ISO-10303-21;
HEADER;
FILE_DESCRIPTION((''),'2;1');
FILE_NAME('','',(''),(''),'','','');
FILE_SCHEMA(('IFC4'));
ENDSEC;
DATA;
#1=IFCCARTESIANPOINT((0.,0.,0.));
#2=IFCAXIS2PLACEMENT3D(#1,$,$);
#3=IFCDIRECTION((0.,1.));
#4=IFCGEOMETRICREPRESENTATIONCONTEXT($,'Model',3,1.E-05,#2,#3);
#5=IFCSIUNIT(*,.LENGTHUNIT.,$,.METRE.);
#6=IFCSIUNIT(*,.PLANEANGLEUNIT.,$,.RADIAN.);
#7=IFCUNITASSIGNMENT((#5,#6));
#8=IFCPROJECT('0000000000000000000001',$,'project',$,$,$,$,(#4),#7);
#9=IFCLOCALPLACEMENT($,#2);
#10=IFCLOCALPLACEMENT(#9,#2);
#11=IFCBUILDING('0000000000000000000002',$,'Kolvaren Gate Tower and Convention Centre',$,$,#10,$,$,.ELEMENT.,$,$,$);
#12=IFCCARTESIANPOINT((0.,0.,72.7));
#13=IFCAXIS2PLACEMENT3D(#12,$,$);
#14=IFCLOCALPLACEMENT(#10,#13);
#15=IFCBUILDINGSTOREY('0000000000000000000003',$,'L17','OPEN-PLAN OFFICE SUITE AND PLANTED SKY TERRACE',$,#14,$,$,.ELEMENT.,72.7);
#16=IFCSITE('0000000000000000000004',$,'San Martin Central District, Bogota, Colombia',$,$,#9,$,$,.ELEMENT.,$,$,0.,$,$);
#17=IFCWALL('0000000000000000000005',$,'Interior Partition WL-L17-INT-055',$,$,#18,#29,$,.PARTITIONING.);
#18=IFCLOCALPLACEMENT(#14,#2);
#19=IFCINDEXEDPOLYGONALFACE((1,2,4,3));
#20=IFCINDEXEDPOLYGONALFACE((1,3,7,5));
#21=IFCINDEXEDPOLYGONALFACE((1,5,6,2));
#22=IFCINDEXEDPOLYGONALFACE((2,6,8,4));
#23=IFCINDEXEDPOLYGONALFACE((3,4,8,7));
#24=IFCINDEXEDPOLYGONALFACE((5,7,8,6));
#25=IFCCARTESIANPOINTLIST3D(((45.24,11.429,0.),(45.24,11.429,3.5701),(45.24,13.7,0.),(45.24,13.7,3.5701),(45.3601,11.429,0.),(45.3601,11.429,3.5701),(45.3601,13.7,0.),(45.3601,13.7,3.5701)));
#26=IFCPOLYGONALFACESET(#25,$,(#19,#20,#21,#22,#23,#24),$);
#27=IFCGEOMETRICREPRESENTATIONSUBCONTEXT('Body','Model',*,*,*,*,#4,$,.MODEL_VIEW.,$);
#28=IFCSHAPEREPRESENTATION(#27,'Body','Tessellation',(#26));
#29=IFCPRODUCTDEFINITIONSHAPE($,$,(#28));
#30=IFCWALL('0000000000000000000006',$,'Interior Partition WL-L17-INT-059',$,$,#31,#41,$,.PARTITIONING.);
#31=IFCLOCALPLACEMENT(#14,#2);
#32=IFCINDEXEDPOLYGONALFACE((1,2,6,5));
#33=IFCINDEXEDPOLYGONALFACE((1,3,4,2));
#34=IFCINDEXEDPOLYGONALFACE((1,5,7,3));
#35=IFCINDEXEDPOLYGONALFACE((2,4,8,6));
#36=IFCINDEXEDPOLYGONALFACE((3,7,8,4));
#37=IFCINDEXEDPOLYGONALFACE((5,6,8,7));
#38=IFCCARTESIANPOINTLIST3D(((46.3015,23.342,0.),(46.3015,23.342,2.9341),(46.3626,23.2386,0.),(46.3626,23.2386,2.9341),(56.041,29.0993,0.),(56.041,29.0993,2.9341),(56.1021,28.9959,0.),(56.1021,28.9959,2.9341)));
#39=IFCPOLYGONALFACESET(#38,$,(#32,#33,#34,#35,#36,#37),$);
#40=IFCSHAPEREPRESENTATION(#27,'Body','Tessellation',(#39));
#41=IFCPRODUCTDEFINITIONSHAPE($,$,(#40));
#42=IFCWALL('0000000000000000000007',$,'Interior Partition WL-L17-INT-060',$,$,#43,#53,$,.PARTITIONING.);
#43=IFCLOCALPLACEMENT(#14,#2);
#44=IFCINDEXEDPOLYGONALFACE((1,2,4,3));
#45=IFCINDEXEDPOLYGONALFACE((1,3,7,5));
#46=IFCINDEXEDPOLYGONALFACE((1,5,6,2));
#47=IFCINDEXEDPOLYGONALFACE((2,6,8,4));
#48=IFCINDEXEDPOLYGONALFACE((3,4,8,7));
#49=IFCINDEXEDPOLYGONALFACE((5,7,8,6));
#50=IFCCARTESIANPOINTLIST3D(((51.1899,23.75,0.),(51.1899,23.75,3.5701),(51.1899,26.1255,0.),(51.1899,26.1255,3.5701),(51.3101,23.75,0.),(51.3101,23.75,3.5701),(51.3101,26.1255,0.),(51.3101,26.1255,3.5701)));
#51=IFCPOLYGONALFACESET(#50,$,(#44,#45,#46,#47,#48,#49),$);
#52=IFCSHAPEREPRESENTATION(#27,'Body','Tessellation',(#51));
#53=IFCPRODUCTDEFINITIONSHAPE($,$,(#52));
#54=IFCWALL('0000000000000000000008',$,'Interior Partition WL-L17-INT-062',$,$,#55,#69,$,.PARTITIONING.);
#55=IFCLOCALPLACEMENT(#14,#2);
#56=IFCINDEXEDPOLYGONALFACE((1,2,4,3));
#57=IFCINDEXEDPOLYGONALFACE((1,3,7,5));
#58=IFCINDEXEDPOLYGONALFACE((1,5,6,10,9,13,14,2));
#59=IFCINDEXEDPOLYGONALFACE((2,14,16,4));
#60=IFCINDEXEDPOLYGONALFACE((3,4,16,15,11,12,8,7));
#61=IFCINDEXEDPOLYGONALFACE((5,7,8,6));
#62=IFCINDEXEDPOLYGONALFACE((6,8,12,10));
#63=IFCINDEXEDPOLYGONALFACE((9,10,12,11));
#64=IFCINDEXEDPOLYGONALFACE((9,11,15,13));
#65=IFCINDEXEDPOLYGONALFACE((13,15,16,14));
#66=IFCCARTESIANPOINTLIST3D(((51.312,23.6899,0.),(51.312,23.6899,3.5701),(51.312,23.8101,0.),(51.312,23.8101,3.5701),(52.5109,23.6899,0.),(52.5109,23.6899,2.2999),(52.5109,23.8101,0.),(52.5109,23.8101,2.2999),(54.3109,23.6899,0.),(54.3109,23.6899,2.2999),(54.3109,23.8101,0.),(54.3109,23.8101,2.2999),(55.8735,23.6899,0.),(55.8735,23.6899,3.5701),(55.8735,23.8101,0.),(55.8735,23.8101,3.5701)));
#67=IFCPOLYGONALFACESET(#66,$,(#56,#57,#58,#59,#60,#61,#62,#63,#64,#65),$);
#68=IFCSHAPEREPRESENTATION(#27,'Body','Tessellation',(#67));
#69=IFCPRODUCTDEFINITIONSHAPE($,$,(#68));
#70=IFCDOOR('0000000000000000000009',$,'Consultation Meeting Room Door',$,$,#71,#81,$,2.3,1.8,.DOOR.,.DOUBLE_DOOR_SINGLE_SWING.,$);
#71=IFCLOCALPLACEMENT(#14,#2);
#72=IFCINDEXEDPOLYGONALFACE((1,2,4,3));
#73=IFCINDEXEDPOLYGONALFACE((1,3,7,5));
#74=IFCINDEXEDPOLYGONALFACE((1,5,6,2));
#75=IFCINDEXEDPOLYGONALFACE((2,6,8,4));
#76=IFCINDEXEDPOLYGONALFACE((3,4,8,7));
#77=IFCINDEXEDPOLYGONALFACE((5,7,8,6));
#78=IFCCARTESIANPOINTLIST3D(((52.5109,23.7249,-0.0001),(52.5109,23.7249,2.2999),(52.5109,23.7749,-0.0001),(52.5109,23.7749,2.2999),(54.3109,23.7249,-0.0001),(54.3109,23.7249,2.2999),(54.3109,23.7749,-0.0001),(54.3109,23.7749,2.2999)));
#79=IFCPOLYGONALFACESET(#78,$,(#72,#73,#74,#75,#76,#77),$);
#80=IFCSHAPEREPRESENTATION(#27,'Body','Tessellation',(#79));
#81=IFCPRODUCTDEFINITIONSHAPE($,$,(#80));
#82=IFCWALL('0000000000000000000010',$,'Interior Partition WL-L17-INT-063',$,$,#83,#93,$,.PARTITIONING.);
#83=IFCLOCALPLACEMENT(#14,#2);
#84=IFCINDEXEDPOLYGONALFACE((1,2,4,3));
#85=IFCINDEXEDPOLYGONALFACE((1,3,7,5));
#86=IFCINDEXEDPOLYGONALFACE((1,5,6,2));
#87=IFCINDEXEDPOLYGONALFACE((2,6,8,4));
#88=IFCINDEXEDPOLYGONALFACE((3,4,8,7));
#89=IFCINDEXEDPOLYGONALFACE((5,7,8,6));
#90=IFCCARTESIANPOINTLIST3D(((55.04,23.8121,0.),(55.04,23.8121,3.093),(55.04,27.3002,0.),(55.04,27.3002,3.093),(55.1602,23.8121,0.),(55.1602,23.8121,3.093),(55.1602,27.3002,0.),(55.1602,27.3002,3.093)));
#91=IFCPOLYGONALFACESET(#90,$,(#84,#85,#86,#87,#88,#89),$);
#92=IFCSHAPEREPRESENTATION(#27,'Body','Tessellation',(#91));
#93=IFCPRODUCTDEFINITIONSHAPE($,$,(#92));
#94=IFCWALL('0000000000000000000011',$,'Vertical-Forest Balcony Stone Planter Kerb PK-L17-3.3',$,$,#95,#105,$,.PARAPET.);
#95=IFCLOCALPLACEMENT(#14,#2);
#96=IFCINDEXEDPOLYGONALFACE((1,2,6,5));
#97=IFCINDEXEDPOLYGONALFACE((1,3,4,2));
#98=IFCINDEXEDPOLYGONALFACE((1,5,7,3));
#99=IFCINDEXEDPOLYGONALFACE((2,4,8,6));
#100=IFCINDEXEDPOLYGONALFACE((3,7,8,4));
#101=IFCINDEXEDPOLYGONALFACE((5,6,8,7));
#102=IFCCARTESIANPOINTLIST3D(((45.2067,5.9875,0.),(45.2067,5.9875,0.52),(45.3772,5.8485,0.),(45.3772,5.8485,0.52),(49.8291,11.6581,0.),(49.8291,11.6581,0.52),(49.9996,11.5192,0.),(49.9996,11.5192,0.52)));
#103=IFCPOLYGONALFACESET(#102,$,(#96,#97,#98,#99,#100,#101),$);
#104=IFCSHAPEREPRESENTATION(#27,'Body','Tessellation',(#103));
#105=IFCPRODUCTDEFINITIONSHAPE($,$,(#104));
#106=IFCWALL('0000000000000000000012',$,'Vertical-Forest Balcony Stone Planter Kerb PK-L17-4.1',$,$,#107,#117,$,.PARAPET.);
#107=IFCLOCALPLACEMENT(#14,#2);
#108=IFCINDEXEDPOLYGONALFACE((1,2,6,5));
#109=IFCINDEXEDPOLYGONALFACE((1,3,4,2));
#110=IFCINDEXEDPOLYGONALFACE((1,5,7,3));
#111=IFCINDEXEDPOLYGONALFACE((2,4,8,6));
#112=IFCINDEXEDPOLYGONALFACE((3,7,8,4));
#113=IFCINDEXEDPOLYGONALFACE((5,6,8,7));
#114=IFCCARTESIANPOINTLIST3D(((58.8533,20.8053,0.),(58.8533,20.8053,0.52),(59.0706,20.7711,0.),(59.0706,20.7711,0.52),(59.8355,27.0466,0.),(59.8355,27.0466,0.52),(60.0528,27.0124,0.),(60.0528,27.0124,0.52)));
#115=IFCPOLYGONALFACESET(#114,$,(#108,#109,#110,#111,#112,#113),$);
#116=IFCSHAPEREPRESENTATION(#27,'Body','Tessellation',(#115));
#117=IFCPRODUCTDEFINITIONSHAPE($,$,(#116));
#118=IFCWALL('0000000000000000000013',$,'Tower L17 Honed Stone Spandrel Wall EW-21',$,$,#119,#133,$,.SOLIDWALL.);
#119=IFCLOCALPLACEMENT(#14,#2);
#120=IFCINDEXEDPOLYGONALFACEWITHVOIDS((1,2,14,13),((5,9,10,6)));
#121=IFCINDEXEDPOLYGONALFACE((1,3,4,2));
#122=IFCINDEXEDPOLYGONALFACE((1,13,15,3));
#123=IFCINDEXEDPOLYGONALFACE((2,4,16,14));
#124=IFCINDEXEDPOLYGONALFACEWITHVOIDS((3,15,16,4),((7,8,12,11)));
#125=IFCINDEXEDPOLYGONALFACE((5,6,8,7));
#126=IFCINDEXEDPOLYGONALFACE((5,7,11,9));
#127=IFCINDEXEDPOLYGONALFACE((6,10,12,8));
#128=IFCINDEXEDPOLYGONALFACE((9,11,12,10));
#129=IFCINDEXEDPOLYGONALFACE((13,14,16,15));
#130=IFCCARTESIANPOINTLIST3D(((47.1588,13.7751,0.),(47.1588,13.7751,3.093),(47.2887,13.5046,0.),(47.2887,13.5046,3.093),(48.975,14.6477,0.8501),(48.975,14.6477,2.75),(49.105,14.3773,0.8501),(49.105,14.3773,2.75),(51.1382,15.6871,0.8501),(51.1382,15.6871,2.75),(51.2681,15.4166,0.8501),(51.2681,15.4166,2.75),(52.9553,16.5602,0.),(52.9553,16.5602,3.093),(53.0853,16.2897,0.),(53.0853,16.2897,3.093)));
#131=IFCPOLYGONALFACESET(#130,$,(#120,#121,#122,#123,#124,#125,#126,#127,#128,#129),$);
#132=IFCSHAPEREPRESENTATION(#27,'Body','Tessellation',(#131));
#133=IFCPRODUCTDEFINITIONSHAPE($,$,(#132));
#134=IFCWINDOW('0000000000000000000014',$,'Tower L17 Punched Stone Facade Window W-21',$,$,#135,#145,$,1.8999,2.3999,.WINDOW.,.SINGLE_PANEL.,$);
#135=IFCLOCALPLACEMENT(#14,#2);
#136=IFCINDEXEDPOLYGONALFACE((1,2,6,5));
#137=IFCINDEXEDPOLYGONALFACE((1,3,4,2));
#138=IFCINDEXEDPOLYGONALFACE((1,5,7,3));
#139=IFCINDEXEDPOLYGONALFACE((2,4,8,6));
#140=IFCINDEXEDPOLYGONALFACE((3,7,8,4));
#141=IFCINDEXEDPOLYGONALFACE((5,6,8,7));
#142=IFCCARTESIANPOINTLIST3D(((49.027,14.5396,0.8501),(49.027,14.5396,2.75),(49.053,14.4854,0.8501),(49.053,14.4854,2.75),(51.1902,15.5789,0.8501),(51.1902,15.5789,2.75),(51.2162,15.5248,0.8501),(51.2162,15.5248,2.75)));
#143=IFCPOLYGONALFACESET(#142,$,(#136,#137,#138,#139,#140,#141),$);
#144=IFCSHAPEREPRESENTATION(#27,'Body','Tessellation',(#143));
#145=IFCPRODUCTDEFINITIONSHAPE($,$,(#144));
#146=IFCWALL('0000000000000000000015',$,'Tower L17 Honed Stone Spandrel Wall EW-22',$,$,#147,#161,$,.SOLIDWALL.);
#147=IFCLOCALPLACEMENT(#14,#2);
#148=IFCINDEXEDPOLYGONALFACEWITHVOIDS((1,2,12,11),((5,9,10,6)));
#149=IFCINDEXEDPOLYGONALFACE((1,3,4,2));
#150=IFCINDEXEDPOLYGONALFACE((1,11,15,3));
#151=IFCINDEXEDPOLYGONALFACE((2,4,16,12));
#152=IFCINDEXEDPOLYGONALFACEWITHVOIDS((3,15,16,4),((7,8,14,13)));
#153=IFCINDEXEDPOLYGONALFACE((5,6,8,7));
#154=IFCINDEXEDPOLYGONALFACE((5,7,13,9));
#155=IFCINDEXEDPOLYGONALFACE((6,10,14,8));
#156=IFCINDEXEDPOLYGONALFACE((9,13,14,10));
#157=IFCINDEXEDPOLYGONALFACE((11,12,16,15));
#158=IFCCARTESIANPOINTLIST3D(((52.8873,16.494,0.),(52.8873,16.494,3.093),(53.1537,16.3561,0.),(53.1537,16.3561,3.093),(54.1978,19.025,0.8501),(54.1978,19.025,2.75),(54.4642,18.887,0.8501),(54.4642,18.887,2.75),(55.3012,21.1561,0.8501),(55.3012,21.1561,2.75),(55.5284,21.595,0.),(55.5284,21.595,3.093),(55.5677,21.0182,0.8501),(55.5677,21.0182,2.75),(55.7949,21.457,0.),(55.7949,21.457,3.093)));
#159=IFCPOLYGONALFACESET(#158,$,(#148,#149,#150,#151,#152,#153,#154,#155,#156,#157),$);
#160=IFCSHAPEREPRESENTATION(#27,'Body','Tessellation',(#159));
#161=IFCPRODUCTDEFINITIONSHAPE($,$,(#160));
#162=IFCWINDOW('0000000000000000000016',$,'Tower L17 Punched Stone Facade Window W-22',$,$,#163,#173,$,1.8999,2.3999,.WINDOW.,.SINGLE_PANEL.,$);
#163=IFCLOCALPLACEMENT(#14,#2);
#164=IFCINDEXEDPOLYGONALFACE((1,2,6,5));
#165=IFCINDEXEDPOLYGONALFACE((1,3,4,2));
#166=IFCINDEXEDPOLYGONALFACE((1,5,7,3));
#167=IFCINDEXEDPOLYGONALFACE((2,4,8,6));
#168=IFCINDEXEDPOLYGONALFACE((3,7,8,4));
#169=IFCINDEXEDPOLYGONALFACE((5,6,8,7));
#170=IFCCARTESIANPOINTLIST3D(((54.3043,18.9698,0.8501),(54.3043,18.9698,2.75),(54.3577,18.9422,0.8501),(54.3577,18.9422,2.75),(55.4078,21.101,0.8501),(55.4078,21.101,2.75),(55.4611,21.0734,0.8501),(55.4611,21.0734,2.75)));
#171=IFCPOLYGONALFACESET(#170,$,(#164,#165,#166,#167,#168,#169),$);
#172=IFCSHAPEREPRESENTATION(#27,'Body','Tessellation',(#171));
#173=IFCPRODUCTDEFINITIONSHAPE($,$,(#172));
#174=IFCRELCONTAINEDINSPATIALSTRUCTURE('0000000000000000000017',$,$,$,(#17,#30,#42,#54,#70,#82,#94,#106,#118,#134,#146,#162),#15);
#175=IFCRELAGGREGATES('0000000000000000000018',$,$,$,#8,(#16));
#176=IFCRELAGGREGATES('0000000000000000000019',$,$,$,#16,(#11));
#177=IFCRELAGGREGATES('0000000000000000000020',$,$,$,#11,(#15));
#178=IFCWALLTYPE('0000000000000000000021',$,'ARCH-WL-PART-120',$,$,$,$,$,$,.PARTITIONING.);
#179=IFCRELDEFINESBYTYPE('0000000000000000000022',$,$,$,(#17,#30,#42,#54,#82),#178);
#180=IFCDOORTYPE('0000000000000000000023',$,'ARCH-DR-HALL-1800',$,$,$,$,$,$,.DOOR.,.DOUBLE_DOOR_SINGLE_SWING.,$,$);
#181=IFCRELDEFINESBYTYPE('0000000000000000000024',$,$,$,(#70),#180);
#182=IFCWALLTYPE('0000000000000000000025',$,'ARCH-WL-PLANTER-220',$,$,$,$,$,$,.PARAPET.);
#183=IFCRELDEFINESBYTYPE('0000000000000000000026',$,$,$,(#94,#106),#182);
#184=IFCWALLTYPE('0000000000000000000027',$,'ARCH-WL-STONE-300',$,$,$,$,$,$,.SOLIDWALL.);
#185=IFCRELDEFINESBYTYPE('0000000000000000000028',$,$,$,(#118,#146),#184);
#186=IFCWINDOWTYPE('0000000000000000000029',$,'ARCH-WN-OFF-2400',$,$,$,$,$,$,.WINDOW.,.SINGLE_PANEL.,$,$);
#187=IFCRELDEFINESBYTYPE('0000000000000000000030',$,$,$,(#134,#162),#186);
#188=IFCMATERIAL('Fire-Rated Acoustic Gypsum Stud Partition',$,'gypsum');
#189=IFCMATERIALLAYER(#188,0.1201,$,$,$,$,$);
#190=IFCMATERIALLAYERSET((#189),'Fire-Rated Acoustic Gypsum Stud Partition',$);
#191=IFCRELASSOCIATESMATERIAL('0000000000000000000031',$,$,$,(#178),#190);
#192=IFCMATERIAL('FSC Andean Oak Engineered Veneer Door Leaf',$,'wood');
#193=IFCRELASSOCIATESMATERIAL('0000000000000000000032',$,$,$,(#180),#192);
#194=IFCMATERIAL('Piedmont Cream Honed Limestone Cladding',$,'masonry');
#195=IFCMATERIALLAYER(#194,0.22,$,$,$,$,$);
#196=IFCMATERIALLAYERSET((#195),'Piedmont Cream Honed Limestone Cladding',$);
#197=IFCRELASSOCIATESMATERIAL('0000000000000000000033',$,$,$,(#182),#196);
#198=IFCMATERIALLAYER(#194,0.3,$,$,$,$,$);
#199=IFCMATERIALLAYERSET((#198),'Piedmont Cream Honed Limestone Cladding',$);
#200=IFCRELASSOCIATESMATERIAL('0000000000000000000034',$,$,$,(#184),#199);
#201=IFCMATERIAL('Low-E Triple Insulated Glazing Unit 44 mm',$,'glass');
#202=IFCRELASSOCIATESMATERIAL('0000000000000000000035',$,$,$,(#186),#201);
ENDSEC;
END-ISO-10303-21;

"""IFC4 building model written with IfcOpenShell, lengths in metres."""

from ifc_helpers import new_model, si_unit, direction, frame, frame_2d, origin, place, context, subcontext, project, spatial, rectangle, extrude, material, layer, layer_set, type_object, element, fill, save


model = new_model("IFC4")

# Units and contexts
model_context = context("Model", 3, precision=1e-05, world=origin(), true_north=direction((0.0, 1.0)))
body_context = subcontext(model_context, "Body", "Model", "MODEL_VIEW")
ifc_project = project(units=[si_unit("LENGTHUNIT", "METRE"), si_unit("PLANEANGLEUNIT", "RADIAN")], contexts=[model_context])

# Site, building, storey
site_placement = place(None, origin())
site = spatial("IfcSite", under=ifc_project, at=site_placement, Name="San Martin Central District, Bogota, Colombia", CompositionType="ELEMENT", RefElevation=0.0)
building_placement = place(site_placement, origin())
building = spatial("IfcBuilding", under=site, at=building_placement, Name="Kolvaren Gate Tower and Convention Centre", CompositionType="ELEMENT")
storey_placement = place(building_placement, frame((0.0, 0.0, 72.7)))
storey = spatial("IfcBuildingStorey", under=building, at=storey_placement, Name="L17", Description="OPEN-PLAN OFFICE SUITE AND PLANTED SKY TERRACE", CompositionType="ELEMENT", Elevation=72.7)

# Shared definitions
ifc_material_1 = material(Name="Fire-Rated Acoustic Gypsum Stud Partition", Category="gypsum")
ifc_layer_1 = layer(ifc_material_1, 0.1201)
ifc_layer_set_1 = layer_set([ifc_layer_1], Name="Fire-Rated Acoustic Gypsum Stud Partition")
wall_type_1 = type_object("IfcWallType", Name="ARCH-WL-PART-120", PredefinedType="PARTITIONING", material=ifc_layer_set_1)

# Walls
wall_1_placement = place(storey_placement, frame((45.3, 11.429, 0.0), z_axis=(0.0, 0.0, 1.0), x_axis=(0.0, 1.0, 0.0)))
element("IfcWall", 1, at=wall_1_placement, inside=storey, type_object=wall_type_1, Name="Interior Partition WL-L17-INT-055", PredefinedType="PARTITIONING", context=body_context, shape_type="SweptSolid", body=[
    extrude(rectangle(XDim=2.271, YDim=0.1201, at=frame_2d((1.1355, 0.0))), origin(), (0.0, 0.0, 1.0), 3.5701),
])
wall_2_placement = place(storey_placement, frame((46.332, 23.2903, 0.0), z_axis=(0.0, 0.0, 1.0), x_axis=(0.860843, 0.508871, 0.0)))
element("IfcWall", 2, at=wall_2_placement, inside=storey, type_object=wall_type_1, Name="Interior Partition WL-L17-INT-059", PredefinedType="PARTITIONING", context=body_context, shape_type="SweptSolid", body=[
    extrude(rectangle(XDim=11.314, YDim=0.1201, at=frame_2d((5.657, 0.0))), origin(), (0.0, 0.0, 1.0), 2.9341),
])
wall_3_placement = place(storey_placement, frame((51.25, 23.75, 0.0), z_axis=(0.0, 0.0, 1.0), x_axis=(0.0, 1.0, 0.0)))
element("IfcWall", 3, at=wall_3_placement, inside=storey, type_object=wall_type_1, Name="Interior Partition WL-L17-INT-060", PredefinedType="PARTITIONING", context=body_context, shape_type="SweptSolid", body=[
    extrude(rectangle(XDim=2.3755, YDim=0.1201, at=frame_2d((1.1877, 0.0))), origin(), (0.0, 0.0, 1.0), 3.5701),
])

# Wall, opening, door
wall_4_placement = place(storey_placement, frame((51.312, 23.75, 0.0), z_axis=(0.0, 0.0, 1.0), x_axis=(1.0, 0.0, 0.0)))
wall_4 = element("IfcWall", 4, at=wall_4_placement, inside=storey, type_object=wall_type_1, Name="Interior Partition WL-L17-INT-062", PredefinedType="PARTITIONING", context=body_context, shape_type="SweptSolid", body=[
    extrude(rectangle(XDim=4.5615, YDim=0.1201, at=frame_2d((2.2808, 0.0))), origin(), (0.0, 0.0, 1.0), 3.5701),
])
opening_1_placement = place(wall_4_placement, frame((1.199, 0.0, 0.0)))
opening_1 = element("IfcOpeningElement", 5, at=opening_1_placement, cuts=wall_4, PredefinedType="OPENING", context=body_context, shape_type="SweptSolid", body=[
    extrude(rectangle(XDim=1.8, YDim=2.3, at=frame_2d((0.8999, 1.1499))), frame((0.0, 0.0701, 0.0), z_axis=(0.0, -1.0, 0.0), x_axis=(1.0, 0.0, 0.0)), (0.0, 0.0, 1.0), 0.1401),
])
ifc_material_2 = material(Name="FSC Andean Oak Engineered Veneer Door Leaf", Category="wood")
door_type_1 = type_object("IfcDoorType", Name="ARCH-DR-HALL-1800", OperationType="DOUBLE_DOOR_SINGLE_SWING", PredefinedType="DOOR", material=ifc_material_2)
door_1_placement = place(opening_1_placement, origin())
door_1 = element("IfcDoor", 6, at=door_1_placement, inside=storey, type_object=door_type_1, Name="Consultation Meeting Room Door", OperationType="DOUBLE_DOOR_SINGLE_SWING", OverallHeight=2.3, OverallWidth=1.8, PredefinedType="DOOR", context=body_context, shape_type="SweptSolid", body=[
    extrude(rectangle(XDim=1.8, YDim=2.3, at=frame_2d((0.8999, 1.1499))), frame((0.0, 0.0249, 0.0), z_axis=(0.0, -1.0, 0.0), x_axis=(1.0, 0.0, 0.0)), (0.0, 0.0, 1.0), 0.05),
])
fill(opening_1, door_1)

# Walls
wall_5_placement = place(storey_placement, frame((55.1001, 23.812, 0.0), z_axis=(0.0, 0.0, 1.0), x_axis=(0.0, 1.0, 0.0)))
element("IfcWall", 7, at=wall_5_placement, inside=storey, type_object=wall_type_1, Name="Interior Partition WL-L17-INT-063", PredefinedType="PARTITIONING", context=body_context, shape_type="SweptSolid", body=[
    extrude(rectangle(XDim=3.488, YDim=0.1201, at=frame_2d((1.7441, 0.0))), origin(), (0.0, 0.0, 1.0), 3.093),
])
ifc_material_3 = material(Name="Piedmont Cream Honed Limestone Cladding", Category="masonry")
ifc_layer_2 = layer(ifc_material_3, 0.22)
ifc_layer_set_2 = layer_set([ifc_layer_2], Name="Piedmont Cream Honed Limestone Cladding")
wall_type_2 = type_object("IfcWallType", Name="ARCH-WL-PLANTER-220", PredefinedType="PARAPET", material=ifc_layer_set_2)
wall_6_placement = place(storey_placement, frame((45.292, 5.918, 0.0), z_axis=(0.0, 0.0, 1.0), x_axis=(0.631819, 0.775116, 0.0)))
element("IfcWall", 8, at=wall_6_placement, inside=storey, type_object=wall_type_2, Name="Vertical-Forest Balcony Stone Planter Kerb PK-L17-3.3", PredefinedType="PARAPET", context=body_context, shape_type="SweptSolid", body=[
    extrude(rectangle(XDim=7.3159, YDim=0.22, at=frame_2d((3.658, 0.0))), origin(), (0.0, 0.0, 1.0), 0.52),
])
wall_7_placement = place(storey_placement, frame((58.9619, 20.7881, 0.0), z_axis=(0.0, 0.0, 1.0), x_axis=(0.155457, 0.987843, 0.0)))
element("IfcWall", 9, at=wall_7_placement, inside=storey, type_object=wall_type_2, Name="Vertical-Forest Balcony Stone Planter Kerb PK-L17-4.1", PredefinedType="PARAPET", context=body_context, shape_type="SweptSolid", body=[
    extrude(rectangle(XDim=6.3181, YDim=0.22, at=frame_2d((3.1592, 0.0))), origin(), (0.0, 0.0, 1.0), 0.52),
])

# Walls, openings, windows
ifc_layer_3 = layer(ifc_material_3, 0.3)
ifc_layer_set_3 = layer_set([ifc_layer_3], Name="Piedmont Cream Honed Limestone Cladding")
wall_type_3 = type_object("IfcWallType", Name="ARCH-WL-STONE-300", PredefinedType="SOLIDWALL", material=ifc_layer_set_3)
wall_8_placement = place(storey_placement, frame((47.2239, 13.6399, 0.0), z_axis=(0.0, 0.0, 1.0), x_axis=(0.901355, 0.433082, 0.0)))
wall_8 = element("IfcWall", 10, at=wall_8_placement, inside=storey, type_object=wall_type_3, Name="Tower L17 Honed Stone Spandrel Wall EW-21", PredefinedType="SOLIDWALL", context=body_context, shape_type="SweptSolid", body=[
    extrude(rectangle(XDim=6.4309, YDim=0.3, at=frame_2d((3.2153, 0.0))), origin(), (0.0, 0.0, 1.0), 3.093),
])
opening_2_placement = place(wall_8_placement, frame((2.0149, 0.0, 0.8501)))
opening_2 = element("IfcOpeningElement", 11, at=opening_2_placement, cuts=wall_8, PredefinedType="OPENING", context=body_context, shape_type="SweptSolid", body=[
    extrude(rectangle(XDim=2.3999, YDim=1.8999, at=frame_2d((1.2, 0.95))), frame((0.0, 0.1599, 0.0), z_axis=(0.0, -1.0, 0.0), x_axis=(1.0, 0.0, 0.0)), (0.0, 0.0, 1.0), 0.3201),
])
ifc_material_4 = material(Name="Low-E Triple Insulated Glazing Unit 44 mm", Category="glass")
window_type_1 = type_object("IfcWindowType", Name="ARCH-WN-OFF-2400", PartitioningType="SINGLE_PANEL", PredefinedType="WINDOW", material=ifc_material_4)
window_1_placement = place(opening_2_placement, origin())
window_1 = element("IfcWindow", 12, at=window_1_placement, inside=storey, type_object=window_type_1, Name="Tower L17 Punched Stone Facade Window W-21", OverallHeight=1.8999, OverallWidth=2.3999, PartitioningType="SINGLE_PANEL", PredefinedType="WINDOW", context=body_context, shape_type="SweptSolid", body=[
    extrude(rectangle(XDim=2.3999, YDim=1.8999, at=frame_2d((1.2, 0.95))), frame((0.0, 0.03, 0.0), z_axis=(0.0, -1.0, 0.0), x_axis=(1.0, 0.0, 0.0)), (0.0, 0.0, 1.0), 0.0601),
])
fill(opening_2, window_1)
wall_9_placement = place(storey_placement, frame((53.0205, 16.425, 0.0), z_axis=(0.0, 0.0, 1.0), x_axis=(0.459801, 0.888022, 0.0)))
wall_9 = element("IfcWall", 13, at=wall_9_placement, inside=storey, type_object=wall_type_3, Name="Tower L17 Honed Stone Spandrel Wall EW-22", PredefinedType="SOLIDWALL", context=body_context, shape_type="SweptSolid", body=[
    extrude(rectangle(XDim=5.7441, YDim=0.3, at=frame_2d((2.8721, 0.0))), origin(), (0.0, 0.0, 1.0), 3.093),
])
opening_3_placement = place(wall_9_placement, frame((2.8501, 0.0, 0.8501)))
opening_3 = element("IfcOpeningElement", 14, at=opening_3_placement, cuts=wall_9, PredefinedType="OPENING", context=body_context, shape_type="SweptSolid", body=[
    extrude(rectangle(XDim=2.3999, YDim=1.8999, at=frame_2d((1.2, 0.95))), frame((0.0, 0.1599, 0.0), z_axis=(0.0, -1.0, 0.0), x_axis=(1.0, 0.0, 0.0)), (0.0, 0.0, 1.0), 0.3201),
])
window_2_placement = place(opening_3_placement, origin())
window_2 = element("IfcWindow", 15, at=window_2_placement, inside=storey, type_object=window_type_1, Name="Tower L17 Punched Stone Facade Window W-22", OverallHeight=1.8999, OverallWidth=2.3999, PartitioningType="SINGLE_PANEL", PredefinedType="WINDOW", context=body_context, shape_type="SweptSolid", body=[
    extrude(rectangle(XDim=2.3999, YDim=1.8999, at=frame_2d((1.2, 0.95))), frame((0.0, 0.03, 0.0), z_axis=(0.0, -1.0, 0.0), x_axis=(1.0, 0.0, 0.0)), (0.0, 0.0, 1.0), 0.0601),
])
fill(opening_3, window_2)

save(model, "model.ifc")
